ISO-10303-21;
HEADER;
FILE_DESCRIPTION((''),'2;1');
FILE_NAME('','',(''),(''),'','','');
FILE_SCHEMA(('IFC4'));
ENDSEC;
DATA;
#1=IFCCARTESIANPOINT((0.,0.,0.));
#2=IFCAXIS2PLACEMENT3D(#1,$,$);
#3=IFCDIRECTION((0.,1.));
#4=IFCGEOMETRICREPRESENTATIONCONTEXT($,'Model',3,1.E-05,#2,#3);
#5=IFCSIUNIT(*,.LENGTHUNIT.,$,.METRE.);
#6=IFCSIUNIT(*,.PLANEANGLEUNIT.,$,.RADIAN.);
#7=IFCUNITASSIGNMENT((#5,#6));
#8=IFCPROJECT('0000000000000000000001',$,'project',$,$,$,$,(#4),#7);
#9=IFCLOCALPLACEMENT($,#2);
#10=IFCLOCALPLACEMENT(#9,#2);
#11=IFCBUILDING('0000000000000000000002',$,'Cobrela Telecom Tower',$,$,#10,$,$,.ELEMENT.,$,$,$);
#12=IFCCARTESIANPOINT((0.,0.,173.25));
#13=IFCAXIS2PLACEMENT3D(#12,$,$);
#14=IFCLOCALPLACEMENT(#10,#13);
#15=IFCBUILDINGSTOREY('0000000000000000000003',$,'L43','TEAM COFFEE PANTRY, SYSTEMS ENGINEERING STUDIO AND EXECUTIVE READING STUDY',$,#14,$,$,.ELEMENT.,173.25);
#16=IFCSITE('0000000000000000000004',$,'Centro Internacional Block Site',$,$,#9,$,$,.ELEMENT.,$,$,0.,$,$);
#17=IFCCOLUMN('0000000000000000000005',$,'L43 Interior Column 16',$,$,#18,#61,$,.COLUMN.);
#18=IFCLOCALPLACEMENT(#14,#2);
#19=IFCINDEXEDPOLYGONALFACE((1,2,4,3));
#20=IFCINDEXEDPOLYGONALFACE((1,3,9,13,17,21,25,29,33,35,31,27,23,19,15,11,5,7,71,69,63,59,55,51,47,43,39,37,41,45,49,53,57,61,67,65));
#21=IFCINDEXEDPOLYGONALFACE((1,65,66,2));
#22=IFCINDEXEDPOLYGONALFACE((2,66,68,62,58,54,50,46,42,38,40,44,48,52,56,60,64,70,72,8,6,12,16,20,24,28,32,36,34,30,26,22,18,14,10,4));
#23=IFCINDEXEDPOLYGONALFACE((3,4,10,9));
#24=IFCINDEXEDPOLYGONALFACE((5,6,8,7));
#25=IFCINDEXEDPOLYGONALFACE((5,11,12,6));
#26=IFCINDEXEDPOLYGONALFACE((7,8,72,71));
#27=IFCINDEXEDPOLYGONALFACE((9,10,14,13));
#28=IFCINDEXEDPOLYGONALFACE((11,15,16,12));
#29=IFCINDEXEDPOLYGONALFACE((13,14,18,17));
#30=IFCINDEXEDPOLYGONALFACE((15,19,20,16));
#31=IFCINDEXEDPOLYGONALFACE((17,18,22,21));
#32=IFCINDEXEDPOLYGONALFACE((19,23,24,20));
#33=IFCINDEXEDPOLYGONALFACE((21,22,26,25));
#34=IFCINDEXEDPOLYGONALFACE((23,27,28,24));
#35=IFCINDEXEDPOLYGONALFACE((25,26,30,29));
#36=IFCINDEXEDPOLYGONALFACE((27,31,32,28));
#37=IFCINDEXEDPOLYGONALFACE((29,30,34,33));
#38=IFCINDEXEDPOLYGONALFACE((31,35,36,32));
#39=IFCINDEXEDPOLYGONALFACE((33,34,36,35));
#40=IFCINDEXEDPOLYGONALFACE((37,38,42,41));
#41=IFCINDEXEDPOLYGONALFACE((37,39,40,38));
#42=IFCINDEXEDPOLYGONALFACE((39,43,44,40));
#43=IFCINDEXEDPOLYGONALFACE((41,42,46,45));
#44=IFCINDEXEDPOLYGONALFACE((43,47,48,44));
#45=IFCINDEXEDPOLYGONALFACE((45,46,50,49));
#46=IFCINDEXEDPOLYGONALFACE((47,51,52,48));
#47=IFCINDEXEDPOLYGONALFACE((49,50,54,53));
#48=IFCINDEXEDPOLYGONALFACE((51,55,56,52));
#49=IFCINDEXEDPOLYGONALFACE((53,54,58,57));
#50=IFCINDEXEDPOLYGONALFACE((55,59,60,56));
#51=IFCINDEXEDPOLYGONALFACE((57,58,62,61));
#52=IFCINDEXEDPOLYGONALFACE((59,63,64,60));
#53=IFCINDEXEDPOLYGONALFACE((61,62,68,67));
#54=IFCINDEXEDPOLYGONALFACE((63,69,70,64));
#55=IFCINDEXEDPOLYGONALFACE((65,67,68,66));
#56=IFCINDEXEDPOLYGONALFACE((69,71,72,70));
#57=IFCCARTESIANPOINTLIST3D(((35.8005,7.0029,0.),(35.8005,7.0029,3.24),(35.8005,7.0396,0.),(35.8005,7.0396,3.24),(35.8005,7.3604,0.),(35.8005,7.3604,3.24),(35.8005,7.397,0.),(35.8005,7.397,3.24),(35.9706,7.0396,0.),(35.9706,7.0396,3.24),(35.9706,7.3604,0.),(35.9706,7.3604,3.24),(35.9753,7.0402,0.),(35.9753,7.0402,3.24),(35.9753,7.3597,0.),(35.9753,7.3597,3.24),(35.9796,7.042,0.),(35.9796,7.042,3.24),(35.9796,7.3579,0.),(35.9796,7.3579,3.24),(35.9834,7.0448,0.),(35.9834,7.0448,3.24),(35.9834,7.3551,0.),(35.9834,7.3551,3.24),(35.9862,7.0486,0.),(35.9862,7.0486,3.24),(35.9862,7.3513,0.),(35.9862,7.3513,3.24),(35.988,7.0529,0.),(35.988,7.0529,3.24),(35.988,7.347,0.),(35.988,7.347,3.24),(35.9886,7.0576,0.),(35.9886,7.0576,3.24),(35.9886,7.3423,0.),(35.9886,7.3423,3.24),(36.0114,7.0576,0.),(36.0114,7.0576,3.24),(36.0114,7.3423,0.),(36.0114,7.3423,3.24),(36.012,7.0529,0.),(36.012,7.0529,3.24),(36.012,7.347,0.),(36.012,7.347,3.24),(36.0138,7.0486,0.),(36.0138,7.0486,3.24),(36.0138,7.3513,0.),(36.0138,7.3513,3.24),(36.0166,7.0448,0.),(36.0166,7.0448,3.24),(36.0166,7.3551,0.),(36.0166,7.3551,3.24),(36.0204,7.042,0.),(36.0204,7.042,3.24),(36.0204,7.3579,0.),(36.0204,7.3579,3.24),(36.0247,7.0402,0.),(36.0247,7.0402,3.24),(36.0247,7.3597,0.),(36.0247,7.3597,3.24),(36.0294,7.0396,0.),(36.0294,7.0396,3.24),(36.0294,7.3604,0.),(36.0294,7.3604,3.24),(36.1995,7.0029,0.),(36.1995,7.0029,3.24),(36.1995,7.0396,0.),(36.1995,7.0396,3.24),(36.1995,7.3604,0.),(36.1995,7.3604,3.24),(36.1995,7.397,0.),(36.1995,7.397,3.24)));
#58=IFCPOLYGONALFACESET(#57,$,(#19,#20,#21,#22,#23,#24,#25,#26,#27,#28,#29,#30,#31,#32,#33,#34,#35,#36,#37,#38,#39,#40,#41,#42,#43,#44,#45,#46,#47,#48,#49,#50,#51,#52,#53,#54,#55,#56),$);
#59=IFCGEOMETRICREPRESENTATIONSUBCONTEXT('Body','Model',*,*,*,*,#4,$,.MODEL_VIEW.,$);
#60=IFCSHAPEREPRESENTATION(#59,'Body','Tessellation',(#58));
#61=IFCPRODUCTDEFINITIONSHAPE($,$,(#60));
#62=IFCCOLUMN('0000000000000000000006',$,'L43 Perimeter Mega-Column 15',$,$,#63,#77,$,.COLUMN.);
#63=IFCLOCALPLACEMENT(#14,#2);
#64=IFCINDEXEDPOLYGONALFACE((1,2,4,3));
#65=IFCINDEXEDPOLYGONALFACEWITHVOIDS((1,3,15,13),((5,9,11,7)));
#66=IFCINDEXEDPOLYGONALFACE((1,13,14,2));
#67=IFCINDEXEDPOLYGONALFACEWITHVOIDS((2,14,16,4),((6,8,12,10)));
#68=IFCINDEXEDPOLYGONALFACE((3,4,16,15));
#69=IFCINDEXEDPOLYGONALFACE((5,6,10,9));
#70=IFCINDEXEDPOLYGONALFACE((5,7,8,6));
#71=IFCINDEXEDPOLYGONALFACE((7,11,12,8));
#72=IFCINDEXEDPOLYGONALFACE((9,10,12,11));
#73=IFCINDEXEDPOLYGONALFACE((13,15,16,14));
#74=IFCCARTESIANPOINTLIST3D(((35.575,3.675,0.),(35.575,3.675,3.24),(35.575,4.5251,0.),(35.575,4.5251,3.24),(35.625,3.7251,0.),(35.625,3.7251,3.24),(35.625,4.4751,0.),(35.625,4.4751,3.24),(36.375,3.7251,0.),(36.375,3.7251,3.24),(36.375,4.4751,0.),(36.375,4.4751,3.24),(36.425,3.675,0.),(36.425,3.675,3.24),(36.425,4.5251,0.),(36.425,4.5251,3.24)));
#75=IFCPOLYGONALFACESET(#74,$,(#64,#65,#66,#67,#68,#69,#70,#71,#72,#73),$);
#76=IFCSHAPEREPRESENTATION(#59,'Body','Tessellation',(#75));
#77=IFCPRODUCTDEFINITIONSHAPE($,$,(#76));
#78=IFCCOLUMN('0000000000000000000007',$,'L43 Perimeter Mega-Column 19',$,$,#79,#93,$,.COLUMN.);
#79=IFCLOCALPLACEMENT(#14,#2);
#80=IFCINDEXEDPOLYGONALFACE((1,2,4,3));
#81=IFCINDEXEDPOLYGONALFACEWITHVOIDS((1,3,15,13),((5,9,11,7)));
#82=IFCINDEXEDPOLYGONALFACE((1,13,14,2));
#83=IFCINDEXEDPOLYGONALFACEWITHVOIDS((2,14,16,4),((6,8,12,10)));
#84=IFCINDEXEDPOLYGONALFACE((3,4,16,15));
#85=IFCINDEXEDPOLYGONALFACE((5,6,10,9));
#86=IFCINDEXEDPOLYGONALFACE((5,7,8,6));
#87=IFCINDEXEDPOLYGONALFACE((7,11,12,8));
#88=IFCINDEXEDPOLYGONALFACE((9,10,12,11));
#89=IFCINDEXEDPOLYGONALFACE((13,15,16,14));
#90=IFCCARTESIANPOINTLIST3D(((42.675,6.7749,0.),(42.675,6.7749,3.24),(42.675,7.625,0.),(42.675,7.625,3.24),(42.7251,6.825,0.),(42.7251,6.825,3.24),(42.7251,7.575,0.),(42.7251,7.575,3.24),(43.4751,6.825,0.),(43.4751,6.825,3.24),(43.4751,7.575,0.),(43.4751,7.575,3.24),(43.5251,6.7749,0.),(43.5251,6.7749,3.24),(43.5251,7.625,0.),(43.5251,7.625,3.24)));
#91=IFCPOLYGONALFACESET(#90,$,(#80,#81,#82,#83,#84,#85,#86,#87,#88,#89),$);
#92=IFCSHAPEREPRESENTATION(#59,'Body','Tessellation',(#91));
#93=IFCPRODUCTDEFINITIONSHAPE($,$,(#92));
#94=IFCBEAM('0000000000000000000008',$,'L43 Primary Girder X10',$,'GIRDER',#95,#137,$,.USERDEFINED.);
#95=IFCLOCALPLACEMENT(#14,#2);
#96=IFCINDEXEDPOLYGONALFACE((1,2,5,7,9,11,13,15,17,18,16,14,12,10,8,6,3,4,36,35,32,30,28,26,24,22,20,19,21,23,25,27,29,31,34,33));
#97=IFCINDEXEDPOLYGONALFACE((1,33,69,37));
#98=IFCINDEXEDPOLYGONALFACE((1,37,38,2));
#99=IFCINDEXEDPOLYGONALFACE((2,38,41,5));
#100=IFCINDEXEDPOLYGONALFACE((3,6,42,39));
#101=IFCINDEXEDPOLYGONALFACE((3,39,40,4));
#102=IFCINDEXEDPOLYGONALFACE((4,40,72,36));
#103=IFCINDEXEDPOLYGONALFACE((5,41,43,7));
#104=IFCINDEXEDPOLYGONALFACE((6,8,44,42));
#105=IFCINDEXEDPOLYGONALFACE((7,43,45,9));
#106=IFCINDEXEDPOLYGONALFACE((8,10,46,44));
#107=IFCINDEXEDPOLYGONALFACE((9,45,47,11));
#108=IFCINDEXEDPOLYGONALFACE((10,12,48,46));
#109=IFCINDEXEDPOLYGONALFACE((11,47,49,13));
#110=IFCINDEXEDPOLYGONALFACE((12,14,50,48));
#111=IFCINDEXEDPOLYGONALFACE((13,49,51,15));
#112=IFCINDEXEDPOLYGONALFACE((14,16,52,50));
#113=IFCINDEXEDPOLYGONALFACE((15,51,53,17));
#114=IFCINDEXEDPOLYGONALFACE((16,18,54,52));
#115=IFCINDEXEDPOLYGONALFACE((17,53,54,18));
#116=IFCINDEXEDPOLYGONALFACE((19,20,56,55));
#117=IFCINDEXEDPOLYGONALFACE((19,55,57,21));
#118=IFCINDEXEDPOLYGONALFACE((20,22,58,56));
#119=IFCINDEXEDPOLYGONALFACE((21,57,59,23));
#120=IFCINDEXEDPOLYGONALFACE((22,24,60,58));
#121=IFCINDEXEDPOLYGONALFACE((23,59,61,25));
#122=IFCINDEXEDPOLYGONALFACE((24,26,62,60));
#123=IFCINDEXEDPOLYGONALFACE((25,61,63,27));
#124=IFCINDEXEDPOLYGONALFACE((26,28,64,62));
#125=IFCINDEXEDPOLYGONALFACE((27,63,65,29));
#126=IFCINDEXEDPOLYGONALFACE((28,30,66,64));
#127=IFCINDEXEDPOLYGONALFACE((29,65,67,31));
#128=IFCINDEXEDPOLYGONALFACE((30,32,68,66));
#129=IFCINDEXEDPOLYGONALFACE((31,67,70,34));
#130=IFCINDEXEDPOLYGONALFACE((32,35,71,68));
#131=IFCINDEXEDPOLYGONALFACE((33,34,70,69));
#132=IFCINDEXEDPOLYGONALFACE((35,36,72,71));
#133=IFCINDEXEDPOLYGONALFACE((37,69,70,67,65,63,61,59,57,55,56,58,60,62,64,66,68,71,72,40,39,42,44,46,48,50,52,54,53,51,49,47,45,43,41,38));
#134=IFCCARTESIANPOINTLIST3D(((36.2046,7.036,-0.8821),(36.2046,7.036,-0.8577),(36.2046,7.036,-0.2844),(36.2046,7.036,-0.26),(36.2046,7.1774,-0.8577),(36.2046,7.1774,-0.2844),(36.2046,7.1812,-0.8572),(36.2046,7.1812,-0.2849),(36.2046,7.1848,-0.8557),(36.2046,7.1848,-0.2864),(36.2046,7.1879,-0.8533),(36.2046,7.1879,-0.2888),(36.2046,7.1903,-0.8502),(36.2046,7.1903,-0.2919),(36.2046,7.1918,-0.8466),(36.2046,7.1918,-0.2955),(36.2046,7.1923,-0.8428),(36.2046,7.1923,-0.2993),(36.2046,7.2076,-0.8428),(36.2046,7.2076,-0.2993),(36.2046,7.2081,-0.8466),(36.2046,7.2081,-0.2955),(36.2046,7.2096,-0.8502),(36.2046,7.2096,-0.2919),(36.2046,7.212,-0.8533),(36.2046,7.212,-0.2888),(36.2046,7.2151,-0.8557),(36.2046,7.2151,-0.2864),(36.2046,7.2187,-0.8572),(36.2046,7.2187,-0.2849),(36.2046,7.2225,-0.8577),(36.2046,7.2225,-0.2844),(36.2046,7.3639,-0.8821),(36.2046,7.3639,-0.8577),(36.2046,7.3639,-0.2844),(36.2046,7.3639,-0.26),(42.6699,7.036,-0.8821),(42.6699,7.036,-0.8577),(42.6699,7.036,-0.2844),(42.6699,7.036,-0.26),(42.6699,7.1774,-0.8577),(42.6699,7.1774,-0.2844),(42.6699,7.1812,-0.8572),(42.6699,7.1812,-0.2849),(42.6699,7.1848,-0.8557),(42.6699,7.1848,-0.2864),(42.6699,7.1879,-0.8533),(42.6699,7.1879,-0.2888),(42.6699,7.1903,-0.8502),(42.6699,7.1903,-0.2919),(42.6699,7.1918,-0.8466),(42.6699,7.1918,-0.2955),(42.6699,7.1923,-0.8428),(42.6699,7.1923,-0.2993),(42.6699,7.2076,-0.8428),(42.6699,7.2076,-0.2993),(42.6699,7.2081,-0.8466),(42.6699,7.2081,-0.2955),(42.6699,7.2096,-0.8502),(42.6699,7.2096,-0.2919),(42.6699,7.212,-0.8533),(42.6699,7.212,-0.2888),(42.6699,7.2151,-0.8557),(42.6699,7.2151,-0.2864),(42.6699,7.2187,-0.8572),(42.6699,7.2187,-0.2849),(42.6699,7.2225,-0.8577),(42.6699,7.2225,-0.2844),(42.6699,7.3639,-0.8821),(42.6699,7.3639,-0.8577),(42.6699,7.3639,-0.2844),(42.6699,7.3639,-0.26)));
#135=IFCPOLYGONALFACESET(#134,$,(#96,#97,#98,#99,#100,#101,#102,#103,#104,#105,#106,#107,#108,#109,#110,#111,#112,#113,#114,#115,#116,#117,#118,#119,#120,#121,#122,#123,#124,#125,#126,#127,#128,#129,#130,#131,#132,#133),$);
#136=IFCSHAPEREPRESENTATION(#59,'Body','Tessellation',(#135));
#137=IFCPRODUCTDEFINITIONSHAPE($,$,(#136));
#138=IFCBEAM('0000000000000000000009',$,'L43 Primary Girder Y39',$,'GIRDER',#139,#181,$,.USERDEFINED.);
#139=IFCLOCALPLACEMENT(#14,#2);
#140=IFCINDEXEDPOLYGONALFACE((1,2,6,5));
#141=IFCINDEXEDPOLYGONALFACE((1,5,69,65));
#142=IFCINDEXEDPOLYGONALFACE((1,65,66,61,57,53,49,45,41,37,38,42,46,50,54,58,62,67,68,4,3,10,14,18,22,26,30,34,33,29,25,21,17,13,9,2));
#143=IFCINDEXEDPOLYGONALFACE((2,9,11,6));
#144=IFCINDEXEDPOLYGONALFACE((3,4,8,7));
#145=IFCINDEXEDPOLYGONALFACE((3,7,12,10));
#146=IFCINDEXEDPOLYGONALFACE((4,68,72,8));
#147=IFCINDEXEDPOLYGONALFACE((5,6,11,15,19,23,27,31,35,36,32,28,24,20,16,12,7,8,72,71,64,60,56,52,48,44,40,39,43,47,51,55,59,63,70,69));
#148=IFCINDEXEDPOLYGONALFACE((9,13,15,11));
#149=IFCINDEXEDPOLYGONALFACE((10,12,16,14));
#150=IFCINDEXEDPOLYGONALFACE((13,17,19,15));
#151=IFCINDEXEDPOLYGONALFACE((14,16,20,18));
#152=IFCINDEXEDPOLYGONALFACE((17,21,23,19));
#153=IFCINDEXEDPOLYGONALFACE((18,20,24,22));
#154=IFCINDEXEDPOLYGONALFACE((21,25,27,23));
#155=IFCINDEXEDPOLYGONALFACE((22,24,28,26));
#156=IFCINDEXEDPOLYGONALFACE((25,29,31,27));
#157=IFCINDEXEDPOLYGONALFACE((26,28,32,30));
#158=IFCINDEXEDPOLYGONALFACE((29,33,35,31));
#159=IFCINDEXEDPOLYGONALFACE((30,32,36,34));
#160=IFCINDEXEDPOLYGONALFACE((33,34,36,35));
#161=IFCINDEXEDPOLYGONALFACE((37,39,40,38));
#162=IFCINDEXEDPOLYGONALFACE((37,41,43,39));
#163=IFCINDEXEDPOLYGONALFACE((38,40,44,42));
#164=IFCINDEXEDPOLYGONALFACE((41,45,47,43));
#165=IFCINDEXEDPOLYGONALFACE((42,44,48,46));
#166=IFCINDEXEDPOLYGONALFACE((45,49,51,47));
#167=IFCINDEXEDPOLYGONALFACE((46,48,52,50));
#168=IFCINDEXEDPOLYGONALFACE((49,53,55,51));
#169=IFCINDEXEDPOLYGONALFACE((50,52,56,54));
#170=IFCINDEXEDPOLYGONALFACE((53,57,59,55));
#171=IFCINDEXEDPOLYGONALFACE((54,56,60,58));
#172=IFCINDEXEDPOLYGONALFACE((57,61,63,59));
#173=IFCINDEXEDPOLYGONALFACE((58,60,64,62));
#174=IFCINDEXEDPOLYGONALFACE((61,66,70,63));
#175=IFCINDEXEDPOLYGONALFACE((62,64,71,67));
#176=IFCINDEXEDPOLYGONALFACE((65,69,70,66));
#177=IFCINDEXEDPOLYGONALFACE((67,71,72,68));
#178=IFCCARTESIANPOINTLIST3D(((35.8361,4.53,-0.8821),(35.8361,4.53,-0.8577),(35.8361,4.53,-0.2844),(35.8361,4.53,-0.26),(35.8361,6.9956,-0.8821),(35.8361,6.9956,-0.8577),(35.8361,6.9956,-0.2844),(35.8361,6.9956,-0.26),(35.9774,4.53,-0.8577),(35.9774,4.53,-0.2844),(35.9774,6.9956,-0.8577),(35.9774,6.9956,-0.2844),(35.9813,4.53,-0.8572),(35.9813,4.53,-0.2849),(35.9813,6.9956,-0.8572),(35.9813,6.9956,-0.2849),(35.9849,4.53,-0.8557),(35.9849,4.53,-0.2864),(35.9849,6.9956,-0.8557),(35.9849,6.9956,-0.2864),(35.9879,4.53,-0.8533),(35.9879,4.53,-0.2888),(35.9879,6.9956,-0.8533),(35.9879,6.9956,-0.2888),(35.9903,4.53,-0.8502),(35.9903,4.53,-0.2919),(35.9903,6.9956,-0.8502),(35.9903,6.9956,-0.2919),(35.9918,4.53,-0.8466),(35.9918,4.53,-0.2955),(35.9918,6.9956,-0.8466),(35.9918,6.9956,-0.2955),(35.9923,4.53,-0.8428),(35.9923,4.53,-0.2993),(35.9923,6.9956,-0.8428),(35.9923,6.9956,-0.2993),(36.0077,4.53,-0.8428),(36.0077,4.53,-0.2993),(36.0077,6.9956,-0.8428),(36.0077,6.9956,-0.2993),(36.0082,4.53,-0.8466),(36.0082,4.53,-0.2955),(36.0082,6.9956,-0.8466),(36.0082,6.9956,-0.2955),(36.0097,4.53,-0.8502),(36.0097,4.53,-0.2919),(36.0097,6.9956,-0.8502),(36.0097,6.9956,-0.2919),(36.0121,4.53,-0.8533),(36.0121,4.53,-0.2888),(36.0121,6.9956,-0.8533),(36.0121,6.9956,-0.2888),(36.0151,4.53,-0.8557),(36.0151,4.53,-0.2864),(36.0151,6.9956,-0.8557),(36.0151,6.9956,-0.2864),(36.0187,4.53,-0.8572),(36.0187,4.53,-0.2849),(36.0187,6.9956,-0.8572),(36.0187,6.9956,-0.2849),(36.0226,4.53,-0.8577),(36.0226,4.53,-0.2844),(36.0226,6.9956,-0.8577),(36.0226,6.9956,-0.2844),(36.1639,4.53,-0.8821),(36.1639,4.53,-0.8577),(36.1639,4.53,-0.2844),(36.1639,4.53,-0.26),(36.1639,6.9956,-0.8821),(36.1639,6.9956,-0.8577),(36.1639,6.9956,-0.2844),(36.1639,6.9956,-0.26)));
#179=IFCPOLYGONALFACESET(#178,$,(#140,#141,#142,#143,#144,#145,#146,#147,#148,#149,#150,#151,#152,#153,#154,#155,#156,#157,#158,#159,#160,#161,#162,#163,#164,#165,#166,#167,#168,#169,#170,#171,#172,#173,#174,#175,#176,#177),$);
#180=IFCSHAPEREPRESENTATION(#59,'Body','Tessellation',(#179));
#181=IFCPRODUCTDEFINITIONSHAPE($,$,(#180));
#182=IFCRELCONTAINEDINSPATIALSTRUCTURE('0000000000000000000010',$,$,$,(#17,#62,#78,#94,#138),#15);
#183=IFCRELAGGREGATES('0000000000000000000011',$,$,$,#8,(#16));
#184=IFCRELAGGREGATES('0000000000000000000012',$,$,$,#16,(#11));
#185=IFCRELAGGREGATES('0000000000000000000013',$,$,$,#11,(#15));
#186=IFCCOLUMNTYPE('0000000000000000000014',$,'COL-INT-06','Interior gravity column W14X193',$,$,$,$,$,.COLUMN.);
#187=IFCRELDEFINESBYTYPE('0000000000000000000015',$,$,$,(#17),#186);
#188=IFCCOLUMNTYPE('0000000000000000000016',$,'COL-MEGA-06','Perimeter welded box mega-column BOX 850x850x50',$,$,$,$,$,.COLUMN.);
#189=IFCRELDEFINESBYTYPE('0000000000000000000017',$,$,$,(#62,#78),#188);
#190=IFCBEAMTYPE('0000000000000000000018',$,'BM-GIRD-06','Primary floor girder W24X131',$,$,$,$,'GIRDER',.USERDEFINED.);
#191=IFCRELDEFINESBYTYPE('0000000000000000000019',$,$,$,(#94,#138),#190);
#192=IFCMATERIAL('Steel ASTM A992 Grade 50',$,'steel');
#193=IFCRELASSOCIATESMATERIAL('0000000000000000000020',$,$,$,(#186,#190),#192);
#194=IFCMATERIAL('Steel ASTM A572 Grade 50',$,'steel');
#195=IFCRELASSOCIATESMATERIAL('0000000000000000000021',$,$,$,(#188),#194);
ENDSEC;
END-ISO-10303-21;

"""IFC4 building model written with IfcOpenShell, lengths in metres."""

from ifc_helpers import new_model, si_unit, direction, frame, origin, origin_2d, place, context, subcontext, project, spatial, hollow_rectangle, i_section, extrude, material, material_profile, profile_set, type_object, element, save


model = new_model("IFC4")

# Units and contexts
model_context = context("Model", 3, precision=1e-05, world=origin(), true_north=direction((0.0, 1.0)))
body_context = subcontext(model_context, "Body", "Model", "MODEL_VIEW")
ifc_project = project(units=[si_unit("LENGTHUNIT", "METRE"), si_unit("PLANEANGLEUNIT", "RADIAN")], contexts=[model_context])

# Site, building, storey
site_placement = place(None, origin())
site = spatial("IfcSite", under=ifc_project, at=site_placement, Name="Centro Internacional Block Site", CompositionType="ELEMENT", RefElevation=0.0)
building_placement = place(site_placement, origin())
building = spatial("IfcBuilding", under=site, at=building_placement, Name="Cobrela Telecom Tower", CompositionType="ELEMENT")
storey_placement = place(building_placement, frame((0.0, 0.0, 173.25)))
storey = spatial("IfcBuildingStorey", under=building, at=storey_placement, Name="L43", Description="TEAM COFFEE PANTRY, SYSTEMS ENGINEERING STUDIO AND EXECUTIVE READING STUDY", CompositionType="ELEMENT", Elevation=173.25)

# Columns
ifc_material_1 = material(Name="Steel ASTM A992 Grade 50", Category="steel")
ifc_material_profile_1 = material_profile(ifc_material_1, i_section(OverallWidth=0.3989, OverallDepth=0.394, WebThickness=0.0227, FlangeThickness=0.0366, FilletRadius=0.0181, at=origin_2d()), Name="W14X193")
ifc_profile_set_1 = profile_set([ifc_material_profile_1], Name="Steel ASTM A992 Grade 50")
column_type_1 = type_object("IfcColumnType", Name="COL-INT-06", Description="Interior gravity column W14X193", PredefinedType="COLUMN", material=ifc_profile_set_1)
column_placement = place(storey_placement, frame((36.0, 7.2, 0.0), z_axis=(0.0, 0.0, 1.0), x_axis=(1.0, 0.0, 0.0)))
element("IfcColumn", 1, at=column_placement, inside=storey, type_object=column_type_1, Name="L43 Interior Column 16", PredefinedType="COLUMN", context=body_context, shape_type="SweptSolid", body=[
    extrude(i_section(OverallWidth=0.3989, OverallDepth=0.394, WebThickness=0.0227, FlangeThickness=0.0366, FilletRadius=0.0181, at=origin_2d()), origin(), (0.0, 0.0, 1.0), 3.24),
])
ifc_material_2 = material(Name="Steel ASTM A572 Grade 50", Category="steel")
ifc_material_profile_2 = material_profile(ifc_material_2, hollow_rectangle(XDim=0.8501, YDim=0.8501, WallThickness=0.05, at=origin_2d()), Name="BOX 850x850x50")
ifc_profile_set_2 = profile_set([ifc_material_profile_2], Name="Steel ASTM A572 Grade 50")
column_type_2 = type_object("IfcColumnType", Name="COL-MEGA-06", Description="Perimeter welded box mega-column BOX 850x850x50", PredefinedType="COLUMN", material=ifc_profile_set_2)
for number, where, z_axis, x_axis, name in (
    (2, (36.0, 4.1001, 0.0), (0.0, 0.0, 1.0), (1.0, 0.0, 0.0), "L43 Perimeter Mega-Column 15"),
    (3, (43.1001, 7.2, 0.0), (0.0, 0.0, 1.0), (1.0, 0.0, 0.0), "L43 Perimeter Mega-Column 19"),
):
    element("IfcColumn", number, at=place(storey_placement, frame(where, z_axis=z_axis, x_axis=x_axis)), inside=storey, type_object=column_type_2, Name=name, PredefinedType="COLUMN", context=body_context, shape_type="SweptSolid", body=[
        extrude(hollow_rectangle(XDim=0.8501, YDim=0.8501, WallThickness=0.05, at=origin_2d()), origin(), (0.0, 0.0, 1.0), 3.24),
    ])

# Beams
ifc_material_profile_3 = material_profile(ifc_material_1, i_section(OverallWidth=0.3279, OverallDepth=0.6221, WebThickness=0.0154, FlangeThickness=0.0244, FilletRadius=0.0149, at=origin_2d()), Name="W24X131")
ifc_profile_set_3 = profile_set([ifc_material_profile_3], Name="Steel ASTM A992 Grade 50")
beam_type_1 = type_object("IfcBeamType", Name="BM-GIRD-06", Description="Primary floor girder W24X131", ElementType="GIRDER", PredefinedType="USERDEFINED", material=ifc_profile_set_3)
beam_1_placement = place(storey_placement, frame((36.2046, 7.2, -0.571), z_axis=(1.0, 0.0, 0.0), x_axis=(0.0, 1.0, 0.0)))
element("IfcBeam", 4, at=beam_1_placement, inside=storey, type_object=beam_type_1, Name="L43 Primary Girder X10", ObjectType="GIRDER", PredefinedType="USERDEFINED", context=body_context, shape_type="SweptSolid", body=[
    extrude(i_section(OverallWidth=0.3279, OverallDepth=0.6221, WebThickness=0.0154, FlangeThickness=0.0244, FilletRadius=0.0149, at=origin_2d()), origin(), (0.0, 0.0, 1.0), 6.4653),
])
beam_2_placement = place(storey_placement, frame((36.0, 4.53, -0.571), z_axis=(0.0, 1.0, 0.0), x_axis=(-1.0, 0.0, 0.0)))
element("IfcBeam", 5, at=beam_2_placement, inside=storey, type_object=beam_type_1, Name="L43 Primary Girder Y39", ObjectType="GIRDER", PredefinedType="USERDEFINED", context=body_context, shape_type="SweptSolid", body=[
    extrude(i_section(OverallWidth=0.3279, OverallDepth=0.6221, WebThickness=0.0154, FlangeThickness=0.0244, FilletRadius=0.0149, at=origin_2d()), origin(), (0.0, 0.0, 1.0), 2.4656),
])

save(model, "model.ifc")
